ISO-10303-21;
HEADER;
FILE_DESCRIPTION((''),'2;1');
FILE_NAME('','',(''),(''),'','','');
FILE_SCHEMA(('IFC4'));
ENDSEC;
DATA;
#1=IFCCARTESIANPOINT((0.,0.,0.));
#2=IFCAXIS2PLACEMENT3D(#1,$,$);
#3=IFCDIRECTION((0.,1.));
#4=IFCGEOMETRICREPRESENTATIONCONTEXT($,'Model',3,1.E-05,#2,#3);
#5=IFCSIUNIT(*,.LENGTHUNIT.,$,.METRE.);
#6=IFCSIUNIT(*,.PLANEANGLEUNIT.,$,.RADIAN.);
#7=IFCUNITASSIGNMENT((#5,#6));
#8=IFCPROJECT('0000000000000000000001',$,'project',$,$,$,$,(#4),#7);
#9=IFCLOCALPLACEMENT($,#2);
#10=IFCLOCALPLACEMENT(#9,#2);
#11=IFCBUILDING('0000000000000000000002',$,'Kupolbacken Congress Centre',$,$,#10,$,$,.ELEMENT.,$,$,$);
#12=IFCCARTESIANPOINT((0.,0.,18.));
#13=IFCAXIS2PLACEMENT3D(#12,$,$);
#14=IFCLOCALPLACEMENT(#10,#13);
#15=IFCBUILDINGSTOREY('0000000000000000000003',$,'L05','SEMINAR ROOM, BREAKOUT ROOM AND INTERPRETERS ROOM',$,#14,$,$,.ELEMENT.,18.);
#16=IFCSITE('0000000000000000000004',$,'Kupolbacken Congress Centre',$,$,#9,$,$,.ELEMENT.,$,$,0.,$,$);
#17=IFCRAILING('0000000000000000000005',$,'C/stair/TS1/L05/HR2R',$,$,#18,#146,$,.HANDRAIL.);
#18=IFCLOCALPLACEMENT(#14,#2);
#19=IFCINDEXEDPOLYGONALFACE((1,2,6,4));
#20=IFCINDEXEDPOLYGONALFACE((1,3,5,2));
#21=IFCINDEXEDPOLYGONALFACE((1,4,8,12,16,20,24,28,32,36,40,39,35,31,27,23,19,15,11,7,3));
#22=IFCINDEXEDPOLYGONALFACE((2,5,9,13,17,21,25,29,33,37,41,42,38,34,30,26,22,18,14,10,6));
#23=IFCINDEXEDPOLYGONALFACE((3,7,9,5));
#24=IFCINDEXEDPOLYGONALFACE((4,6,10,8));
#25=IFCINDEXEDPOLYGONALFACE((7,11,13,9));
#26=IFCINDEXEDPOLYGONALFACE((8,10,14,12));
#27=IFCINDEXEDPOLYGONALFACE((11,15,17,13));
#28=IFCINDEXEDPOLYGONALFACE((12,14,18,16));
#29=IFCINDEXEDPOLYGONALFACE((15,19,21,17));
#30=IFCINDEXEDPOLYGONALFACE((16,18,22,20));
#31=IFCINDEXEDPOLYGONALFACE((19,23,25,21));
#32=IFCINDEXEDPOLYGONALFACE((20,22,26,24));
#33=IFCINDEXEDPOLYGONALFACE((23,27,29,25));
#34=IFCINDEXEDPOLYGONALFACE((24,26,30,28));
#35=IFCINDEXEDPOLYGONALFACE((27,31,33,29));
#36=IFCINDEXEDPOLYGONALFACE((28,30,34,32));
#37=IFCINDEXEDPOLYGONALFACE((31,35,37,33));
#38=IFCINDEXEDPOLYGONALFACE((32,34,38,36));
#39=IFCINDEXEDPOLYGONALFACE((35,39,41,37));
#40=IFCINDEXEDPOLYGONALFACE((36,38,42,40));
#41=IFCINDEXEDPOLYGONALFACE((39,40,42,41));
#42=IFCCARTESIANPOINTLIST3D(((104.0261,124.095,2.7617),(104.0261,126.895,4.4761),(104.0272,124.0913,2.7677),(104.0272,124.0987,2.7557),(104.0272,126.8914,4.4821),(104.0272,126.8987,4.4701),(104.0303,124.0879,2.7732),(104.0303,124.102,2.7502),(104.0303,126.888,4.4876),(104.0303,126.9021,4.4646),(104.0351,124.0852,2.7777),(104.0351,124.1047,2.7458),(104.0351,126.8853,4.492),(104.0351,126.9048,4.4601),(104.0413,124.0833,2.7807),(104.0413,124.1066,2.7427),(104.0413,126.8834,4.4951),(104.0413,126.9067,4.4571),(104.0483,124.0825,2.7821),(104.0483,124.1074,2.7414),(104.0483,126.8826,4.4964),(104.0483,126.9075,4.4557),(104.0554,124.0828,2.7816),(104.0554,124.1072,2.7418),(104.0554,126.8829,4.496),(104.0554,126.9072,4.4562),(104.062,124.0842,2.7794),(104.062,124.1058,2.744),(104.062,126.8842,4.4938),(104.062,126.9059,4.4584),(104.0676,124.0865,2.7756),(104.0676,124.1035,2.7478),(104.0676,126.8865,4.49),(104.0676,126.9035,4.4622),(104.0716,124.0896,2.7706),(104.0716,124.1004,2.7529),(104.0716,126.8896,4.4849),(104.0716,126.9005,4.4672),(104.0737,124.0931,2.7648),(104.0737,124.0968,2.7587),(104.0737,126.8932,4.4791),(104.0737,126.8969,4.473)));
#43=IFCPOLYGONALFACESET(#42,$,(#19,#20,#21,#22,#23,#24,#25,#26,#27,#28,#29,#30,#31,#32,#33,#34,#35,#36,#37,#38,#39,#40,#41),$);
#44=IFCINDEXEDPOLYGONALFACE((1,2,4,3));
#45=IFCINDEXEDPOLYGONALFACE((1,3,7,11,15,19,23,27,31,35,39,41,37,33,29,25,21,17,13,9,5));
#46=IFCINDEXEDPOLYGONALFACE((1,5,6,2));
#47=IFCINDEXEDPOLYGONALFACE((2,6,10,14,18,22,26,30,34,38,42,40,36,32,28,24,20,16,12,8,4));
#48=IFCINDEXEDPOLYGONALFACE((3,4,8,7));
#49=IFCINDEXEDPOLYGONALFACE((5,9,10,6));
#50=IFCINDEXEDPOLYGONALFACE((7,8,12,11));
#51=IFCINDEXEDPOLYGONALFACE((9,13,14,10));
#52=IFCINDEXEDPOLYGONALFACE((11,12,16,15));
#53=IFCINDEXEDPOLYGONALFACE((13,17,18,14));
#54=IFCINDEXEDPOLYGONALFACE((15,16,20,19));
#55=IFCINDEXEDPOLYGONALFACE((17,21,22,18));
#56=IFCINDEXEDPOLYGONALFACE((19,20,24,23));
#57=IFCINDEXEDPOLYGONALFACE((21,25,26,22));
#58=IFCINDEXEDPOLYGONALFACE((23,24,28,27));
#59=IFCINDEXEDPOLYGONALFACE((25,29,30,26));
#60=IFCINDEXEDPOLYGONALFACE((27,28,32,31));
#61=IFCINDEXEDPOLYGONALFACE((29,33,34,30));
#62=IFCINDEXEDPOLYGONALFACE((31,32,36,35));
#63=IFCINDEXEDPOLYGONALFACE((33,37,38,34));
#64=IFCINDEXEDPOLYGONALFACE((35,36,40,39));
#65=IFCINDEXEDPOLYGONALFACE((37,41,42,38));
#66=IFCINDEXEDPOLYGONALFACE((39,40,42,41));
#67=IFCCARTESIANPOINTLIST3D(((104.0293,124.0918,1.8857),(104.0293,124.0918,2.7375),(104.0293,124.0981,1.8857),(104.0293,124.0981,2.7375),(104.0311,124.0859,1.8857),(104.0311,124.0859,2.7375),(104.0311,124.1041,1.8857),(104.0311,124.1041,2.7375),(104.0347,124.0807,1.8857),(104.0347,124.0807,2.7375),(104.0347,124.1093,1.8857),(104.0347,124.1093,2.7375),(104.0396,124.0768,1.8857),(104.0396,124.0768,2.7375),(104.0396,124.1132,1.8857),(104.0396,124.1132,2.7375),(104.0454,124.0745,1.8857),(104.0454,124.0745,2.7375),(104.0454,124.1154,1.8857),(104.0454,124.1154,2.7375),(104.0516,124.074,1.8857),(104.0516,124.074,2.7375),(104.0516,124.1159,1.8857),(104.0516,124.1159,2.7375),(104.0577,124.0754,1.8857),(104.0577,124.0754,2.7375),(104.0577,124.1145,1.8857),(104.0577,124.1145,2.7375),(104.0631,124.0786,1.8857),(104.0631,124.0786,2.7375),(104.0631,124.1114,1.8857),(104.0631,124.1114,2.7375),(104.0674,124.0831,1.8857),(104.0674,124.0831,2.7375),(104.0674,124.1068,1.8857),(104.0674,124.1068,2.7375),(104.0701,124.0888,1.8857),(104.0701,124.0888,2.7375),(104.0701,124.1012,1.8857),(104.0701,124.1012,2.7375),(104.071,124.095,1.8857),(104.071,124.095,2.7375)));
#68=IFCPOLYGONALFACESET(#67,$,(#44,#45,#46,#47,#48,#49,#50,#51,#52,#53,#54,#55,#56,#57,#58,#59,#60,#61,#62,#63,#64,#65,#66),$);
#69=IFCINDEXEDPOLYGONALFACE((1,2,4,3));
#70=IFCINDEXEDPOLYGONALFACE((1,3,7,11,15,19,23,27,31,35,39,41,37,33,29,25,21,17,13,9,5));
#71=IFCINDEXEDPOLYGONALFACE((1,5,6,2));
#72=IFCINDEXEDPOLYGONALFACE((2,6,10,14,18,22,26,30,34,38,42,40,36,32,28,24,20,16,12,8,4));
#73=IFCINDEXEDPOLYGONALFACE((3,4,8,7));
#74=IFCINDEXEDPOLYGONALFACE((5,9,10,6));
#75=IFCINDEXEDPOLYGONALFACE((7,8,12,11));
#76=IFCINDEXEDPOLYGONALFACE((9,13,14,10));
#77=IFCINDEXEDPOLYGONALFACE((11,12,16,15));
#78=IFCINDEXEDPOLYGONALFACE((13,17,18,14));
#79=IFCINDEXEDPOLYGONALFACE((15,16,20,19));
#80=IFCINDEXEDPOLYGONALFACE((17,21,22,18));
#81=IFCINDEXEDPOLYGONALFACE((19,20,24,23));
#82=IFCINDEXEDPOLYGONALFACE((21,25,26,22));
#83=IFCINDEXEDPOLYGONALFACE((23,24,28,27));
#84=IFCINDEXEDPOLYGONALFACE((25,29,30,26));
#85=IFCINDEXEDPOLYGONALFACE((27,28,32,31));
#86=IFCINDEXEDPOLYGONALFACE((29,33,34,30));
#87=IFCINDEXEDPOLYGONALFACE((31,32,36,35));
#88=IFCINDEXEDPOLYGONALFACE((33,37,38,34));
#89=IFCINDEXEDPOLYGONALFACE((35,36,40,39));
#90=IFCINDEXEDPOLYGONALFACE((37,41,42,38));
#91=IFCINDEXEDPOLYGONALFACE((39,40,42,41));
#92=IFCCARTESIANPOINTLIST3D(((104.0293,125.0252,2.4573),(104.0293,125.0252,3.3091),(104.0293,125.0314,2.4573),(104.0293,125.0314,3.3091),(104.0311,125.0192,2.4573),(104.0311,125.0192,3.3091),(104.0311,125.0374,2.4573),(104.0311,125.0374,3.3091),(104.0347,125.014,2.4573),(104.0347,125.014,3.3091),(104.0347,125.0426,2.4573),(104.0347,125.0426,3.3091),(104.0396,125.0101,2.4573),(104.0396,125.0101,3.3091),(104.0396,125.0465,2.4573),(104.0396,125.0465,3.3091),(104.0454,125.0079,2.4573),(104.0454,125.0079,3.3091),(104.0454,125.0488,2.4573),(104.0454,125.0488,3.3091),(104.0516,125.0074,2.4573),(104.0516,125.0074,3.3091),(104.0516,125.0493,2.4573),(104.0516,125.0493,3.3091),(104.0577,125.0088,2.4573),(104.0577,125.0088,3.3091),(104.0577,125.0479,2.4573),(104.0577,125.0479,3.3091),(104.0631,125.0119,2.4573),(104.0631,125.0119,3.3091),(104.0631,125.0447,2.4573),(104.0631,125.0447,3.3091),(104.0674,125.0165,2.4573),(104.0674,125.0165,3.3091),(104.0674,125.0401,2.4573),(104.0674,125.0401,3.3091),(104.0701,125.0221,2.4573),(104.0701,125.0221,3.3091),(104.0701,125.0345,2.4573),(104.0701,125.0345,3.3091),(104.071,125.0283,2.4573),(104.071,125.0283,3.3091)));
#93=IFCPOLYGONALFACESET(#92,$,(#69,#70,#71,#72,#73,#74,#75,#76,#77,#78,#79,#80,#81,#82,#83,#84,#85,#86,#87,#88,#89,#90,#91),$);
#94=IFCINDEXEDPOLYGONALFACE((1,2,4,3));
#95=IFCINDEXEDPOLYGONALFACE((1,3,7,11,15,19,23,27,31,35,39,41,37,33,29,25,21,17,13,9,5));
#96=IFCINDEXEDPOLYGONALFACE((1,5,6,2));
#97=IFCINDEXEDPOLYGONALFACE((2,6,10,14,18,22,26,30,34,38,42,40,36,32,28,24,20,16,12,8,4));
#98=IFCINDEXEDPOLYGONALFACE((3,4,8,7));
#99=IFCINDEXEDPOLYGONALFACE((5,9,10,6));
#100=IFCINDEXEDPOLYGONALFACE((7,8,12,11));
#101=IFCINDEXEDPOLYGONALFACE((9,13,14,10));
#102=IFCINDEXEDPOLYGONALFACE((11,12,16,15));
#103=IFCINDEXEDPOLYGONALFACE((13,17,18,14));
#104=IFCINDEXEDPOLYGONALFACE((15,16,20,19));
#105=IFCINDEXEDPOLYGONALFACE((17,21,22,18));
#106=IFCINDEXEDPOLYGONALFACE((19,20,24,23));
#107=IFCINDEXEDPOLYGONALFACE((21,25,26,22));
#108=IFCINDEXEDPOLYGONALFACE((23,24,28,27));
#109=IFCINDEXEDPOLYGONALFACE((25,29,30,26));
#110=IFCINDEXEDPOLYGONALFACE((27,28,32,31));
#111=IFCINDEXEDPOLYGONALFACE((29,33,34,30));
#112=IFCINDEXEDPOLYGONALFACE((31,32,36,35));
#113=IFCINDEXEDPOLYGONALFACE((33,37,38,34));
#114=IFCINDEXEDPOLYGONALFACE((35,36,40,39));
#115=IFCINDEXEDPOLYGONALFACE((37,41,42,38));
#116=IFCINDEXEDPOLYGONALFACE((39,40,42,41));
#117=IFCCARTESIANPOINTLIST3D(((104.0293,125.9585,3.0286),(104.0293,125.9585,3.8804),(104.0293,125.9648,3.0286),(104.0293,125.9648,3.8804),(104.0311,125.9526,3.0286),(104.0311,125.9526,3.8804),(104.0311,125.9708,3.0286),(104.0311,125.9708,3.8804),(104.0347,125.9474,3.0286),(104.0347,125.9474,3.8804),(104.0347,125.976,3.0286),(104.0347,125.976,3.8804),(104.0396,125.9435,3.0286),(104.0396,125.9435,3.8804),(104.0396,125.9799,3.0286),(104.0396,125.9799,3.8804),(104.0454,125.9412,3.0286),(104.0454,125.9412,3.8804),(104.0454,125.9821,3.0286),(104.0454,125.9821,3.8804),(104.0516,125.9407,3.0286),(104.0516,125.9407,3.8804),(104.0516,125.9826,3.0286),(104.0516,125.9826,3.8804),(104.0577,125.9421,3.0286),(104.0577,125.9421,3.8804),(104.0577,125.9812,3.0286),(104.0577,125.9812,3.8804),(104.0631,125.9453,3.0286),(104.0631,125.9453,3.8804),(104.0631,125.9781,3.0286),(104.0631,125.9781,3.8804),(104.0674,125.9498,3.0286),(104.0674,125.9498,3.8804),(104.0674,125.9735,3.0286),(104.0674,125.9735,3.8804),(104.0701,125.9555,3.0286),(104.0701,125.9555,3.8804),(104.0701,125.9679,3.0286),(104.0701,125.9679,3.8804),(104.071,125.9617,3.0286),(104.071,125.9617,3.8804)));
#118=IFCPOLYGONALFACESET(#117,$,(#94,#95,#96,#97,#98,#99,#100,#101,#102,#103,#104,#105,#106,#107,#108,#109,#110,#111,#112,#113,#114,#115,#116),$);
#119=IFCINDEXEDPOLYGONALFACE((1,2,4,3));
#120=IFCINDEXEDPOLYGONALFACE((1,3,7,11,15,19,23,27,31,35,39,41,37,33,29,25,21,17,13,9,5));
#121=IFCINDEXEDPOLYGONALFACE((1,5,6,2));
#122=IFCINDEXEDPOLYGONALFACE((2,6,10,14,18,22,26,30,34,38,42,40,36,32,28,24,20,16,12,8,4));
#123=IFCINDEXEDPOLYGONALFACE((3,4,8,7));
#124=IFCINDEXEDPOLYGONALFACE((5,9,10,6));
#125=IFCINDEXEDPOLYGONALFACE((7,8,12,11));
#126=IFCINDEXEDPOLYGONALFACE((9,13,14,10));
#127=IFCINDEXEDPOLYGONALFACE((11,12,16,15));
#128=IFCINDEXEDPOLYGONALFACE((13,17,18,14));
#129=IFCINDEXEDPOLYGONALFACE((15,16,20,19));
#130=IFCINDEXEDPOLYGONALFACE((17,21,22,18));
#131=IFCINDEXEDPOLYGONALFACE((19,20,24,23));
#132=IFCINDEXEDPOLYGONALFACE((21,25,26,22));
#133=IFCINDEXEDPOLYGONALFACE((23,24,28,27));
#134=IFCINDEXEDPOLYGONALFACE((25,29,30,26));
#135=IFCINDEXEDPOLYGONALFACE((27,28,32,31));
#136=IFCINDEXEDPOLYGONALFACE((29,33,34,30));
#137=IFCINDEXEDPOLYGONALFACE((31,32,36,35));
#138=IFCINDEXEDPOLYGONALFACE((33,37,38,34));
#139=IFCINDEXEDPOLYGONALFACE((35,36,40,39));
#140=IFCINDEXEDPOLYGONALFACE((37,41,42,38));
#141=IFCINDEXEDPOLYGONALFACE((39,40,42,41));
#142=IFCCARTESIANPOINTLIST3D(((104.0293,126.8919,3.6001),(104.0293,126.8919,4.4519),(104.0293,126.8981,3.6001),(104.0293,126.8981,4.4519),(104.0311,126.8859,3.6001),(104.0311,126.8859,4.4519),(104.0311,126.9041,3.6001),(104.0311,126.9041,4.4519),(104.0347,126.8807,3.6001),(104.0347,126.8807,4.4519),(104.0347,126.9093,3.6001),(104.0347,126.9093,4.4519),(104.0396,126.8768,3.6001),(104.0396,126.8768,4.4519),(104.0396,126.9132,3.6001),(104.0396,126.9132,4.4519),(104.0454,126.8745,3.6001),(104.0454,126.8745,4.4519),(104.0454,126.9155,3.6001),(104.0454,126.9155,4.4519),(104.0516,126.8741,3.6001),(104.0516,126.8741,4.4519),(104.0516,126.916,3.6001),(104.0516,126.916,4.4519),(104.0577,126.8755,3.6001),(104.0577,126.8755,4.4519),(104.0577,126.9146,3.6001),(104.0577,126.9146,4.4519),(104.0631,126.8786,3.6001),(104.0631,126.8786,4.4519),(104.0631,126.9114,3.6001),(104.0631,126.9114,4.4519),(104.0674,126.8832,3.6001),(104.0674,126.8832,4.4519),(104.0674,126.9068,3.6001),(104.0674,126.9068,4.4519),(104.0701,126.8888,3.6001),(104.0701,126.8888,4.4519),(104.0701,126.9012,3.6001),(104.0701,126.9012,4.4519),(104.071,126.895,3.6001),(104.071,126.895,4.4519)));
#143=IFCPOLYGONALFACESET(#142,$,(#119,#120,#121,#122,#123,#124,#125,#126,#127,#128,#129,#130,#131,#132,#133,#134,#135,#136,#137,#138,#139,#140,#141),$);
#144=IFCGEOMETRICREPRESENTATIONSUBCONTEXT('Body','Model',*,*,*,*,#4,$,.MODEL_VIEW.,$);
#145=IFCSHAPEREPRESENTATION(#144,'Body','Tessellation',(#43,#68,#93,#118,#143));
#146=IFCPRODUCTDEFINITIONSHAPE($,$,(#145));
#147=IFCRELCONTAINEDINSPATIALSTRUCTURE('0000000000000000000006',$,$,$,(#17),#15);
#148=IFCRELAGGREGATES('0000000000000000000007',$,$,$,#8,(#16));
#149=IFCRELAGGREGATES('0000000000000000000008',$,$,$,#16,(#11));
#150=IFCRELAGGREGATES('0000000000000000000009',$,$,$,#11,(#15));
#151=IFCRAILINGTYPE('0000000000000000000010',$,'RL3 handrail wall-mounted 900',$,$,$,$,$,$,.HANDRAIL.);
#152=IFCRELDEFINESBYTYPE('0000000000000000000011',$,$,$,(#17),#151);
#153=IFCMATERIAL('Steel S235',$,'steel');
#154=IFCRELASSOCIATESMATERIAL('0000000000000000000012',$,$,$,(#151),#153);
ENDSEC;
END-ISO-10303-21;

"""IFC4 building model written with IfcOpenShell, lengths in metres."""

from ifc_helpers import new_model, si_unit, direction, frame, origin, origin_2d, place, context, subcontext, project, spatial, circle, extrude, material, type_object, element, save


model = new_model("IFC4")

# Units and contexts
model_context = context("Model", 3, precision=1e-05, world=origin(), true_north=direction((0.0, 1.0)))
body_context = subcontext(model_context, "Body", "Model", "MODEL_VIEW")
ifc_project = project(units=[si_unit("LENGTHUNIT", "METRE"), si_unit("PLANEANGLEUNIT", "RADIAN")], contexts=[model_context])

# Site, building, storey
site_placement = place(None, origin())
site = spatial("IfcSite", under=ifc_project, at=site_placement, Name="Kupolbacken Congress Centre", CompositionType="ELEMENT", RefElevation=0.0)
building_placement = place(site_placement, origin())
building = spatial("IfcBuilding", under=site, at=building_placement, Name="Kupolbacken Congress Centre", CompositionType="ELEMENT")
storey_placement = place(building_placement, frame((0.0, 0.0, 18.0)))
storey = spatial("IfcBuildingStorey", under=building, at=storey_placement, Name="L05", Description="SEMINAR ROOM, BREAKOUT ROOM AND INTERPRETERS ROOM", CompositionType="ELEMENT", Elevation=18.0)

# Railing
ifc_material_1 = material(Name="Steel S235", Category="steel")
railing_type = type_object("IfcRailingType", Name="RL3 handrail wall-mounted 900", PredefinedType="HANDRAIL", material=ifc_material_1)
for number, where, name in (
    (1, (104.05, 124.095, 1.8857), "C/stair/TS1/L05/HR2R"),
):
    element("IfcRailing", number, at=place(storey_placement, frame(where)), inside=storey, type_object=railing_type, Name=name, PredefinedType="HANDRAIL", context=body_context, shape_type="SweptSolid", body=[
        extrude(circle(Radius=0.0239, at=origin_2d()), frame((0.0, 0.0, 0.876), z_axis=(0.0, 0.852846, 0.522163), x_axis=(-1.0, 0.0, 0.0)), (0.0, 0.0, 1.0), 3.2832),
        extrude(circle(Radius=0.021, at=origin_2d()), origin(), (0.0, 0.0, 1.0), 0.8518),
        extrude(circle(Radius=0.021, at=origin_2d()), frame((0.0, 0.9333, 0.5715)), (0.0, 0.0, 1.0), 0.8518),
        extrude(circle(Radius=0.021, at=origin_2d()), frame((0.0, 1.8667, 1.1428)), (0.0, 0.0, 1.0), 0.8518),
        extrude(circle(Radius=0.021, at=origin_2d()), frame((0.0, 2.8, 1.7144)), (0.0, 0.0, 1.0), 0.8518),
    ])

save(model, "model.ifc")
